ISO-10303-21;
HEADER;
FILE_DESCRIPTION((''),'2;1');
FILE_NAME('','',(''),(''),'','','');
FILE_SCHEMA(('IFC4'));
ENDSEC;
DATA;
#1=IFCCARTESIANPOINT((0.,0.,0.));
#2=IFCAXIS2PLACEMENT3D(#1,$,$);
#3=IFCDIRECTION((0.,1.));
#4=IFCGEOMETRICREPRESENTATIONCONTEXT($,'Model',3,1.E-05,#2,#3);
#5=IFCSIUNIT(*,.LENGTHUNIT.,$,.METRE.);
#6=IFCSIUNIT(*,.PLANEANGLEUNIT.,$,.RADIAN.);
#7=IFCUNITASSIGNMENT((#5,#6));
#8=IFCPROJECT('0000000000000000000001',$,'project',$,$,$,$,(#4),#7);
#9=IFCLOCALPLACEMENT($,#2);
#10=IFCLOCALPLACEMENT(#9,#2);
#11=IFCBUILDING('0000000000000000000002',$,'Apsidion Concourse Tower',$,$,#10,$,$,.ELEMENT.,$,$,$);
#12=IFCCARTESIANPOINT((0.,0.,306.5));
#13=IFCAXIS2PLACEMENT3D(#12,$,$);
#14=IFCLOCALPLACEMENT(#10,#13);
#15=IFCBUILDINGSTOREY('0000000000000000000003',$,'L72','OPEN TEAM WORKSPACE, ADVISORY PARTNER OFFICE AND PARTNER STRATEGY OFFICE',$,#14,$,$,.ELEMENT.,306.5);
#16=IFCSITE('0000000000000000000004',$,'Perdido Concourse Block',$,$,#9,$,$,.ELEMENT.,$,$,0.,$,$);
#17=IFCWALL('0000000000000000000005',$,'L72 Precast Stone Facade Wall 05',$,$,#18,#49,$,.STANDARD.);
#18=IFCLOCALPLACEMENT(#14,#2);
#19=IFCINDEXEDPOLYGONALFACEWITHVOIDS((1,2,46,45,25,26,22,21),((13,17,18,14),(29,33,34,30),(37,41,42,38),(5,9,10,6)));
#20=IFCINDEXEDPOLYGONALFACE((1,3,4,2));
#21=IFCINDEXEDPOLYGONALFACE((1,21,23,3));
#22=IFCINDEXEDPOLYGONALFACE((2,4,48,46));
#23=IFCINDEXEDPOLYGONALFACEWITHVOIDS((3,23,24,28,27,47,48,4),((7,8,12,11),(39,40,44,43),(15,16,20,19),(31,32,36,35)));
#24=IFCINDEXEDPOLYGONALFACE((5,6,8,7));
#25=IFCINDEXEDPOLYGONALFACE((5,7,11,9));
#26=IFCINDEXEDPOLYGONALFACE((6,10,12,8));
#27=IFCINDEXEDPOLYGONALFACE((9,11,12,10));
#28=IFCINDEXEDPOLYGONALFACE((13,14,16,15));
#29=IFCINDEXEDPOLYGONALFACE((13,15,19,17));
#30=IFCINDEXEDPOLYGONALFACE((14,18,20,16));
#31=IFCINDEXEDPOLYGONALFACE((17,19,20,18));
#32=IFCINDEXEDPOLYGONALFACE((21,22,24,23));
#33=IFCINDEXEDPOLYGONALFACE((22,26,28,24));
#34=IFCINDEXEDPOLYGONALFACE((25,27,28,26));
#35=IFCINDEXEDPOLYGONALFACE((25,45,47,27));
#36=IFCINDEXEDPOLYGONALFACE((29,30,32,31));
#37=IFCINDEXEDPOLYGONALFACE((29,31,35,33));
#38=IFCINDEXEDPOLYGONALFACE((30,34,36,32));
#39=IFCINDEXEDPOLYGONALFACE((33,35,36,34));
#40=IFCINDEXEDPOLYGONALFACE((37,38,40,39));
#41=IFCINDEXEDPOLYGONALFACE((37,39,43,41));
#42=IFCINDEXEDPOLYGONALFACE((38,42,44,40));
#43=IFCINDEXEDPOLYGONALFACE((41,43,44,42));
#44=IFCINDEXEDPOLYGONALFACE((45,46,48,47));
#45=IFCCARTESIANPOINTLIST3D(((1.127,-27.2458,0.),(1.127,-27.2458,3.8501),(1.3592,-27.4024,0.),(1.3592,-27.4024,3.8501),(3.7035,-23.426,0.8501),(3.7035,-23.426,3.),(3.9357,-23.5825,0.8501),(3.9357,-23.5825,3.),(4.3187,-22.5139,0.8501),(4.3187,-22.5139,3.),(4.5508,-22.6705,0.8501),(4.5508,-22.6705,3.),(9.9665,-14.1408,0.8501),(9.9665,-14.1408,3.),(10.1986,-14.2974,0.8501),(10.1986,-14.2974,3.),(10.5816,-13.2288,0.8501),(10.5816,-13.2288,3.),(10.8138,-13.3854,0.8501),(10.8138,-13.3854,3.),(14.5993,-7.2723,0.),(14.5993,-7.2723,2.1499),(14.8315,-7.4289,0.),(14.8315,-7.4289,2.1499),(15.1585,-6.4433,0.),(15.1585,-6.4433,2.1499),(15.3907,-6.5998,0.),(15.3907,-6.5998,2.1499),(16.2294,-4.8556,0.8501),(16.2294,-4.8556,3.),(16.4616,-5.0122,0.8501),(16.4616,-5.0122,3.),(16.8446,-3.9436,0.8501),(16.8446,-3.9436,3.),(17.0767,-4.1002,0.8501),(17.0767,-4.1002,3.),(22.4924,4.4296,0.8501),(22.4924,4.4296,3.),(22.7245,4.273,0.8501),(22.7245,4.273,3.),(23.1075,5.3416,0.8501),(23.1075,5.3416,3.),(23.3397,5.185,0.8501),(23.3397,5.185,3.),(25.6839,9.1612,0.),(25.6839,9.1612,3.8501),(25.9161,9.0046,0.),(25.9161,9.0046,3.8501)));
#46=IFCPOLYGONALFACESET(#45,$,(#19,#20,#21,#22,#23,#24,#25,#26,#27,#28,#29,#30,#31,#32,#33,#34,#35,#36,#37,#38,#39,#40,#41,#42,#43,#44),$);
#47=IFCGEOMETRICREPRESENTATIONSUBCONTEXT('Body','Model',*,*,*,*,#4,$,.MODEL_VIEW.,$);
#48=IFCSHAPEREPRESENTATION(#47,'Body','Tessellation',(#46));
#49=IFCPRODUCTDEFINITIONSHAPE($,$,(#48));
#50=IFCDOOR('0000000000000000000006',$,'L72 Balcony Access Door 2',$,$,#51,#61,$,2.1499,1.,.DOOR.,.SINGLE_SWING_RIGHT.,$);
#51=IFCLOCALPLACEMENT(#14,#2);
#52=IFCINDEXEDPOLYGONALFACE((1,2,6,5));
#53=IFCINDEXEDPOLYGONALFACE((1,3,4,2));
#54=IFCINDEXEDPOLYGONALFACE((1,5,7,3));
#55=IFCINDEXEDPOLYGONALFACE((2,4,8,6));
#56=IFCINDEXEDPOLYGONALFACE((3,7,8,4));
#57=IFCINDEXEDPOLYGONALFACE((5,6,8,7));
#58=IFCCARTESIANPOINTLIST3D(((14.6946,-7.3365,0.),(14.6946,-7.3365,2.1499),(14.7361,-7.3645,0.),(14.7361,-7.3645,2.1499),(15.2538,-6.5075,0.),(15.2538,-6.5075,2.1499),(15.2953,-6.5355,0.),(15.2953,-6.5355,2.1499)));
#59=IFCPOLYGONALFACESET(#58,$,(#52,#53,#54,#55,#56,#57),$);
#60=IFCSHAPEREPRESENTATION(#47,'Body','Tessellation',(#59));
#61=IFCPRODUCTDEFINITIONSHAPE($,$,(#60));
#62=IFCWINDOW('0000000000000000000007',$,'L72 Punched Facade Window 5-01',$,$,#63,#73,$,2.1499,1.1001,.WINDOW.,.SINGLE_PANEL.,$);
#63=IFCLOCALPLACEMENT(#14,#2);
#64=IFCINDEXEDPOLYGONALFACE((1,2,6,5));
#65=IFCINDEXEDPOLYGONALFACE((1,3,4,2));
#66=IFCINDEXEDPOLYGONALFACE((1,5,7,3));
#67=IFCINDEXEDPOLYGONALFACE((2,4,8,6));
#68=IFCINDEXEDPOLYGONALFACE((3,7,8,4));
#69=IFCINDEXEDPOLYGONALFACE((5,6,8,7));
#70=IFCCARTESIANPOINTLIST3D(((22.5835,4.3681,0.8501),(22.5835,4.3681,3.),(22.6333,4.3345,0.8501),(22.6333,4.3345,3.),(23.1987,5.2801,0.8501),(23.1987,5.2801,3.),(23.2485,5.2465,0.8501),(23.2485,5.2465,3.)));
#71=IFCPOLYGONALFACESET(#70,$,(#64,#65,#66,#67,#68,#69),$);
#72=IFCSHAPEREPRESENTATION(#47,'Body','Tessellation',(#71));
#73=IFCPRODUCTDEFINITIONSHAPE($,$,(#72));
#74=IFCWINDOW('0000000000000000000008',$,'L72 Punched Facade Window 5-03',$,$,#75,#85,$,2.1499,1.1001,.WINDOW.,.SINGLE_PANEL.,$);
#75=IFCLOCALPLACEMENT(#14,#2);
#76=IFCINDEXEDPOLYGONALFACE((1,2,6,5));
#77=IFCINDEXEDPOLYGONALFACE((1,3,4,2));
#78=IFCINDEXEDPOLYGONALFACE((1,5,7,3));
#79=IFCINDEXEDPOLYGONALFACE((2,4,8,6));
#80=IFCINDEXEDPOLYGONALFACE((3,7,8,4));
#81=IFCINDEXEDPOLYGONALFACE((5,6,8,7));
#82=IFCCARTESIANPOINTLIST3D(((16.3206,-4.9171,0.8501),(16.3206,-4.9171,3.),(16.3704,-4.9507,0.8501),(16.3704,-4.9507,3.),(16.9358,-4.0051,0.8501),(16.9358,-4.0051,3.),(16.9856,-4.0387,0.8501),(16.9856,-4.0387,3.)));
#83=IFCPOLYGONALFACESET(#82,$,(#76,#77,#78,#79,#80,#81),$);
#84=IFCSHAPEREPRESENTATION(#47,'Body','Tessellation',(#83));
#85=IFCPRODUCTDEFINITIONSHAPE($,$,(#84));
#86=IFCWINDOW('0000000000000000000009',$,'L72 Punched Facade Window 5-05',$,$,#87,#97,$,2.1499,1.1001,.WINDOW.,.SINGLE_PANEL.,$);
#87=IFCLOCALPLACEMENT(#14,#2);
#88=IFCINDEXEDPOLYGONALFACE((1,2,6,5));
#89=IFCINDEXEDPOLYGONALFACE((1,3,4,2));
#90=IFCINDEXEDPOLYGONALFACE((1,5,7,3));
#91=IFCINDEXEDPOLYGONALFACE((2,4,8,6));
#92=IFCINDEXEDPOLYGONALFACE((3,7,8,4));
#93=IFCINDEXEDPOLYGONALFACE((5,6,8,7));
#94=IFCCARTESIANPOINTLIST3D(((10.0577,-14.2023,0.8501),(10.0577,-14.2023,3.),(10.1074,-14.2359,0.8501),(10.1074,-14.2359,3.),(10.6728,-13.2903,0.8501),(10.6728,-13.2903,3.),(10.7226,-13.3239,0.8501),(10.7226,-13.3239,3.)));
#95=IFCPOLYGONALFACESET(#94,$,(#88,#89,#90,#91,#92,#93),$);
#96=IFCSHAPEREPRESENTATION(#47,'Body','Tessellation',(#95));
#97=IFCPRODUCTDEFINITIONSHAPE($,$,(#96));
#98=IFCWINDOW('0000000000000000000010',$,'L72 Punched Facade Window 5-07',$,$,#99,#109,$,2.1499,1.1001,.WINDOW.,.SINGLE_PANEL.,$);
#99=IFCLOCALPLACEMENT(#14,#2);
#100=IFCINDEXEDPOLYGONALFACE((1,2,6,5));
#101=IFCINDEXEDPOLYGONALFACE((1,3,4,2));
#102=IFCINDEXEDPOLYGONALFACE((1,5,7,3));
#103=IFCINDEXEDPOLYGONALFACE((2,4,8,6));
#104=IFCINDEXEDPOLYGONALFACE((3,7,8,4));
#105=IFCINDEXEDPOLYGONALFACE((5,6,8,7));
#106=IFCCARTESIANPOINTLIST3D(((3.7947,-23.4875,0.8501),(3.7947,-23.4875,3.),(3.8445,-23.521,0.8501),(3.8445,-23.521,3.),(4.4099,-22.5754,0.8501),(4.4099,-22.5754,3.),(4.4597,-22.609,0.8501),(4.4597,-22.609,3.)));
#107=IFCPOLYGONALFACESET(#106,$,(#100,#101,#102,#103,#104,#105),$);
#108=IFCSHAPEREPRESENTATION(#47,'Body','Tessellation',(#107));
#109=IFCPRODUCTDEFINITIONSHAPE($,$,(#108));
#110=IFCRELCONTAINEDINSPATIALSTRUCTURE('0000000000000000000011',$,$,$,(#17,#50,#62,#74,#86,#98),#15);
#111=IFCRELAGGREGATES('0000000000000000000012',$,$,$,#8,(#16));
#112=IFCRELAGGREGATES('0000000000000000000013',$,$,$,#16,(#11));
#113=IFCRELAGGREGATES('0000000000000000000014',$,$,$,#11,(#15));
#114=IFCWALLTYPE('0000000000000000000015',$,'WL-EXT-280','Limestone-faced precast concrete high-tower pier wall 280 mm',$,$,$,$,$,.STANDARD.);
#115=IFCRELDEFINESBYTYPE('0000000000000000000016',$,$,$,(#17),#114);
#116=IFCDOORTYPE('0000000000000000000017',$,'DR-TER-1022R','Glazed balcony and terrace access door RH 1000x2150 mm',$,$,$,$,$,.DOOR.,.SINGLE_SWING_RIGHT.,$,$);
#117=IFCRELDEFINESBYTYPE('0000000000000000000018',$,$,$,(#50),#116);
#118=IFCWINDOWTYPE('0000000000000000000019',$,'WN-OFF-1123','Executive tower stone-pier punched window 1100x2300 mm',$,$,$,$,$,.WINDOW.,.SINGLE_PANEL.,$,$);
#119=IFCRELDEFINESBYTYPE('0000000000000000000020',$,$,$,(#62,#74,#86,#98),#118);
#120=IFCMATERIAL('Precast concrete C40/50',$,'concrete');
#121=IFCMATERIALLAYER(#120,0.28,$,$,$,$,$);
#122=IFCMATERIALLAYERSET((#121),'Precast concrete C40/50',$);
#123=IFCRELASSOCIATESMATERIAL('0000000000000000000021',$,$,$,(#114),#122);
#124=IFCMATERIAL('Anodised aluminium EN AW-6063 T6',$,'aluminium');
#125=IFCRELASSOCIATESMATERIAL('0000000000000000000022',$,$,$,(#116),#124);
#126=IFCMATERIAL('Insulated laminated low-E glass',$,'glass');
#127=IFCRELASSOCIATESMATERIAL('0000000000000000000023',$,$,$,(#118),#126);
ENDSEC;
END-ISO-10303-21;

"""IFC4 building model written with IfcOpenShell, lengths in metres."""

from ifc_helpers import new_model, si_unit, direction, frame, frame_2d, origin, place, context, subcontext, project, spatial, rectangle, extrude, material, layer, layer_set, type_object, element, fill, save


model = new_model("IFC4")

# Units and contexts
model_context = context("Model", 3, precision=1e-05, world=origin(), true_north=direction((0.0, 1.0)))
body_context = subcontext(model_context, "Body", "Model", "MODEL_VIEW")
ifc_project = project(units=[si_unit("LENGTHUNIT", "METRE"), si_unit("PLANEANGLEUNIT", "RADIAN")], contexts=[model_context])

# Site, building, storey
site_placement = place(None, origin())
site = spatial("IfcSite", under=ifc_project, at=site_placement, Name="Perdido Concourse Block", CompositionType="ELEMENT", RefElevation=0.0)
building_placement = place(site_placement, origin())
building = spatial("IfcBuilding", under=site, at=building_placement, Name="Apsidion Concourse Tower", CompositionType="ELEMENT")
storey_placement = place(building_placement, frame((0.0, 0.0, 306.5)))
storey = spatial("IfcBuildingStorey", under=building, at=storey_placement, Name="L72", Description="OPEN TEAM WORKSPACE, ADVISORY PARTNER OFFICE AND PARTNER STRATEGY OFFICE", CompositionType="ELEMENT", Elevation=306.5)

# Shared definitions
ifc_material_1 = material(Name="Precast concrete C40/50", Category="concrete")
ifc_layer_1 = layer(ifc_material_1, 0.28)
ifc_layer_set_1 = layer_set([ifc_layer_1], Name="Precast concrete C40/50")
wall_type_1 = type_object("IfcWallType", Name="WL-EXT-280", Description="Limestone-faced precast concrete high-tower pier wall 280 mm", PredefinedType="STANDARD", material=ifc_layer_set_1)

# Wall, openings, door, windows
wall_1_placement = place(storey_placement, frame((25.8, 9.083, 0.0), z_axis=(0.0, 0.0, 1.0), x_axis=(-0.559194, -0.829037, 0.0)))
wall_1 = element("IfcWall", 1, at=wall_1_placement, inside=storey, type_object=wall_type_1, Name="L72 Precast Stone Facade Wall 05", PredefinedType="STANDARD", context=body_context, shape_type="SweptSolid", body=[
    extrude(rectangle(XDim=43.9148, YDim=0.28, at=frame_2d((21.9575, 0.0))), origin(), (0.0, 0.0, 1.0), 3.8501),
])
opening_1_placement = place(wall_1_placement, frame((18.8225, 0.0, 0.0)))
opening_1 = element("IfcOpeningElement", 2, at=opening_1_placement, cuts=wall_1, PredefinedType="OPENING", context=body_context, shape_type="SweptSolid", body=[
    extrude(rectangle(XDim=1.0, YDim=2.1499, at=frame_2d((0.5, 1.075))), frame((0.0, 0.1499, 0.0), z_axis=(0.0, -1.0, 0.0), x_axis=(1.0, 0.0, 0.0)), (0.0, 0.0, 1.0), 0.3),
])
opening_2_placement = place(wall_1_placement, frame((4.6074, 0.0, 0.8501)))
opening_2 = element("IfcOpeningElement", 3, at=opening_2_placement, cuts=wall_1, PredefinedType="OPENING", context=body_context, shape_type="SweptSolid", body=[
    extrude(rectangle(XDim=1.1001, YDim=2.1499, at=frame_2d((0.55, 1.075))), frame((0.0, 0.1499, 0.0), z_axis=(0.0, -1.0, 0.0), x_axis=(1.0, 0.0, 0.0)), (0.0, 0.0, 1.0), 0.3),
])
opening_3_placement = place(wall_1_placement, frame((15.8074, 0.0, 0.8501)))
opening_3 = element("IfcOpeningElement", 4, at=opening_3_placement, cuts=wall_1, PredefinedType="OPENING", context=body_context, shape_type="SweptSolid", body=[
    extrude(rectangle(XDim=1.1001, YDim=2.1499, at=frame_2d((0.55, 1.075))), frame((0.0, 0.1499, 0.0), z_axis=(0.0, -1.0, 0.0), x_axis=(1.0, 0.0, 0.0)), (0.0, 0.0, 1.0), 0.3),
])
opening_4_placement = place(wall_1_placement, frame((27.0073, 0.0, 0.8501)))
opening_4 = element("IfcOpeningElement", 5, at=opening_4_placement, cuts=wall_1, PredefinedType="OPENING", context=body_context, shape_type="SweptSolid", body=[
    extrude(rectangle(XDim=1.1001, YDim=2.1499, at=frame_2d((0.55, 1.075))), frame((0.0, 0.1499, 0.0), z_axis=(0.0, -1.0, 0.0), x_axis=(1.0, 0.0, 0.0)), (0.0, 0.0, 1.0), 0.3),
])
opening_5_placement = place(wall_1_placement, frame((38.2073, 0.0, 0.8501)))
opening_5 = element("IfcOpeningElement", 6, at=opening_5_placement, cuts=wall_1, PredefinedType="OPENING", context=body_context, shape_type="SweptSolid", body=[
    extrude(rectangle(XDim=1.1001, YDim=2.1499, at=frame_2d((0.55, 1.075))), frame((0.0, 0.1499, 0.0), z_axis=(0.0, -1.0, 0.0), x_axis=(1.0, 0.0, 0.0)), (0.0, 0.0, 1.0), 0.3),
])
ifc_material_2 = material(Name="Anodised aluminium EN AW-6063 T6", Category="aluminium")
door_type_1 = type_object("IfcDoorType", Name="DR-TER-1022R", Description="Glazed balcony and terrace access door RH 1000x2150 mm", OperationType="SINGLE_SWING_RIGHT", PredefinedType="DOOR", material=ifc_material_2)
door_1_placement = place(opening_1_placement, origin())
door_1 = element("IfcDoor", 7, at=door_1_placement, inside=storey, type_object=door_type_1, Name="L72 Balcony Access Door 2", OperationType="SINGLE_SWING_RIGHT", OverallHeight=2.1499, OverallWidth=1.0, PredefinedType="DOOR", context=body_context, shape_type="SweptSolid", body=[
    extrude(rectangle(XDim=1.0, YDim=2.1499, at=frame_2d((0.5, 1.075))), frame((0.0, 0.0249, 0.0), z_axis=(0.0, -1.0, 0.0), x_axis=(1.0, 0.0, 0.0)), (0.0, 0.0, 1.0), 0.05),
])
fill(opening_1, door_1)
ifc_material_3 = material(Name="Insulated laminated low-E glass", Category="glass")
window_type = type_object("IfcWindowType", Name="WN-OFF-1123", Description="Executive tower stone-pier punched window 1100x2300 mm", PartitioningType="SINGLE_PANEL", PredefinedType="WINDOW", material=ifc_material_3)
window_1_placement = place(opening_2_placement, origin())
window_1 = element("IfcWindow", 8, at=window_1_placement, inside=storey, type_object=window_type, Name="L72 Punched Facade Window 5-01", OverallHeight=2.1499, OverallWidth=1.1001, PartitioningType="SINGLE_PANEL", PredefinedType="WINDOW", context=body_context, shape_type="SweptSolid", body=[
    extrude(rectangle(XDim=1.1001, YDim=2.1499, at=frame_2d((0.55, 1.075))), frame((0.0, 0.03, 0.0), z_axis=(0.0, -1.0, 0.0), x_axis=(1.0, 0.0, 0.0)), (0.0, 0.0, 1.0), 0.0601),
])
fill(opening_2, window_1)
window_2_placement = place(opening_3_placement, origin())
window_2 = element("IfcWindow", 9, at=window_2_placement, inside=storey, type_object=window_type, Name="L72 Punched Facade Window 5-03", OverallHeight=2.1499, OverallWidth=1.1001, PartitioningType="SINGLE_PANEL", PredefinedType="WINDOW", context=body_context, shape_type="SweptSolid", body=[
    extrude(rectangle(XDim=1.1001, YDim=2.1499, at=frame_2d((0.55, 1.075))), frame((0.0, 0.03, 0.0), z_axis=(0.0, -1.0, 0.0), x_axis=(1.0, 0.0, 0.0)), (0.0, 0.0, 1.0), 0.0601),
])
fill(opening_3, window_2)
window_3_placement = place(opening_4_placement, origin())
window_3 = element("IfcWindow", 10, at=window_3_placement, inside=storey, type_object=window_type, Name="L72 Punched Facade Window 5-05", OverallHeight=2.1499, OverallWidth=1.1001, PartitioningType="SINGLE_PANEL", PredefinedType="WINDOW", context=body_context, shape_type="SweptSolid", body=[
    extrude(rectangle(XDim=1.1001, YDim=2.1499, at=frame_2d((0.55, 1.075))), frame((0.0, 0.03, 0.0), z_axis=(0.0, -1.0, 0.0), x_axis=(1.0, 0.0, 0.0)), (0.0, 0.0, 1.0), 0.0601),
])
fill(opening_4, window_3)
window_4_placement = place(opening_5_placement, origin())
window_4 = element("IfcWindow", 11, at=window_4_placement, inside=storey, type_object=window_type, Name="L72 Punched Facade Window 5-07", OverallHeight=2.1499, OverallWidth=1.1001, PartitioningType="SINGLE_PANEL", PredefinedType="WINDOW", context=body_context, shape_type="SweptSolid", body=[
    extrude(rectangle(XDim=1.1001, YDim=2.1499, at=frame_2d((0.55, 1.075))), frame((0.0, 0.03, 0.0), z_axis=(0.0, -1.0, 0.0), x_axis=(1.0, 0.0, 0.0)), (0.0, 0.0, 1.0), 0.0601),
])
fill(opening_5, window_4)

save(model, "model.ifc")
